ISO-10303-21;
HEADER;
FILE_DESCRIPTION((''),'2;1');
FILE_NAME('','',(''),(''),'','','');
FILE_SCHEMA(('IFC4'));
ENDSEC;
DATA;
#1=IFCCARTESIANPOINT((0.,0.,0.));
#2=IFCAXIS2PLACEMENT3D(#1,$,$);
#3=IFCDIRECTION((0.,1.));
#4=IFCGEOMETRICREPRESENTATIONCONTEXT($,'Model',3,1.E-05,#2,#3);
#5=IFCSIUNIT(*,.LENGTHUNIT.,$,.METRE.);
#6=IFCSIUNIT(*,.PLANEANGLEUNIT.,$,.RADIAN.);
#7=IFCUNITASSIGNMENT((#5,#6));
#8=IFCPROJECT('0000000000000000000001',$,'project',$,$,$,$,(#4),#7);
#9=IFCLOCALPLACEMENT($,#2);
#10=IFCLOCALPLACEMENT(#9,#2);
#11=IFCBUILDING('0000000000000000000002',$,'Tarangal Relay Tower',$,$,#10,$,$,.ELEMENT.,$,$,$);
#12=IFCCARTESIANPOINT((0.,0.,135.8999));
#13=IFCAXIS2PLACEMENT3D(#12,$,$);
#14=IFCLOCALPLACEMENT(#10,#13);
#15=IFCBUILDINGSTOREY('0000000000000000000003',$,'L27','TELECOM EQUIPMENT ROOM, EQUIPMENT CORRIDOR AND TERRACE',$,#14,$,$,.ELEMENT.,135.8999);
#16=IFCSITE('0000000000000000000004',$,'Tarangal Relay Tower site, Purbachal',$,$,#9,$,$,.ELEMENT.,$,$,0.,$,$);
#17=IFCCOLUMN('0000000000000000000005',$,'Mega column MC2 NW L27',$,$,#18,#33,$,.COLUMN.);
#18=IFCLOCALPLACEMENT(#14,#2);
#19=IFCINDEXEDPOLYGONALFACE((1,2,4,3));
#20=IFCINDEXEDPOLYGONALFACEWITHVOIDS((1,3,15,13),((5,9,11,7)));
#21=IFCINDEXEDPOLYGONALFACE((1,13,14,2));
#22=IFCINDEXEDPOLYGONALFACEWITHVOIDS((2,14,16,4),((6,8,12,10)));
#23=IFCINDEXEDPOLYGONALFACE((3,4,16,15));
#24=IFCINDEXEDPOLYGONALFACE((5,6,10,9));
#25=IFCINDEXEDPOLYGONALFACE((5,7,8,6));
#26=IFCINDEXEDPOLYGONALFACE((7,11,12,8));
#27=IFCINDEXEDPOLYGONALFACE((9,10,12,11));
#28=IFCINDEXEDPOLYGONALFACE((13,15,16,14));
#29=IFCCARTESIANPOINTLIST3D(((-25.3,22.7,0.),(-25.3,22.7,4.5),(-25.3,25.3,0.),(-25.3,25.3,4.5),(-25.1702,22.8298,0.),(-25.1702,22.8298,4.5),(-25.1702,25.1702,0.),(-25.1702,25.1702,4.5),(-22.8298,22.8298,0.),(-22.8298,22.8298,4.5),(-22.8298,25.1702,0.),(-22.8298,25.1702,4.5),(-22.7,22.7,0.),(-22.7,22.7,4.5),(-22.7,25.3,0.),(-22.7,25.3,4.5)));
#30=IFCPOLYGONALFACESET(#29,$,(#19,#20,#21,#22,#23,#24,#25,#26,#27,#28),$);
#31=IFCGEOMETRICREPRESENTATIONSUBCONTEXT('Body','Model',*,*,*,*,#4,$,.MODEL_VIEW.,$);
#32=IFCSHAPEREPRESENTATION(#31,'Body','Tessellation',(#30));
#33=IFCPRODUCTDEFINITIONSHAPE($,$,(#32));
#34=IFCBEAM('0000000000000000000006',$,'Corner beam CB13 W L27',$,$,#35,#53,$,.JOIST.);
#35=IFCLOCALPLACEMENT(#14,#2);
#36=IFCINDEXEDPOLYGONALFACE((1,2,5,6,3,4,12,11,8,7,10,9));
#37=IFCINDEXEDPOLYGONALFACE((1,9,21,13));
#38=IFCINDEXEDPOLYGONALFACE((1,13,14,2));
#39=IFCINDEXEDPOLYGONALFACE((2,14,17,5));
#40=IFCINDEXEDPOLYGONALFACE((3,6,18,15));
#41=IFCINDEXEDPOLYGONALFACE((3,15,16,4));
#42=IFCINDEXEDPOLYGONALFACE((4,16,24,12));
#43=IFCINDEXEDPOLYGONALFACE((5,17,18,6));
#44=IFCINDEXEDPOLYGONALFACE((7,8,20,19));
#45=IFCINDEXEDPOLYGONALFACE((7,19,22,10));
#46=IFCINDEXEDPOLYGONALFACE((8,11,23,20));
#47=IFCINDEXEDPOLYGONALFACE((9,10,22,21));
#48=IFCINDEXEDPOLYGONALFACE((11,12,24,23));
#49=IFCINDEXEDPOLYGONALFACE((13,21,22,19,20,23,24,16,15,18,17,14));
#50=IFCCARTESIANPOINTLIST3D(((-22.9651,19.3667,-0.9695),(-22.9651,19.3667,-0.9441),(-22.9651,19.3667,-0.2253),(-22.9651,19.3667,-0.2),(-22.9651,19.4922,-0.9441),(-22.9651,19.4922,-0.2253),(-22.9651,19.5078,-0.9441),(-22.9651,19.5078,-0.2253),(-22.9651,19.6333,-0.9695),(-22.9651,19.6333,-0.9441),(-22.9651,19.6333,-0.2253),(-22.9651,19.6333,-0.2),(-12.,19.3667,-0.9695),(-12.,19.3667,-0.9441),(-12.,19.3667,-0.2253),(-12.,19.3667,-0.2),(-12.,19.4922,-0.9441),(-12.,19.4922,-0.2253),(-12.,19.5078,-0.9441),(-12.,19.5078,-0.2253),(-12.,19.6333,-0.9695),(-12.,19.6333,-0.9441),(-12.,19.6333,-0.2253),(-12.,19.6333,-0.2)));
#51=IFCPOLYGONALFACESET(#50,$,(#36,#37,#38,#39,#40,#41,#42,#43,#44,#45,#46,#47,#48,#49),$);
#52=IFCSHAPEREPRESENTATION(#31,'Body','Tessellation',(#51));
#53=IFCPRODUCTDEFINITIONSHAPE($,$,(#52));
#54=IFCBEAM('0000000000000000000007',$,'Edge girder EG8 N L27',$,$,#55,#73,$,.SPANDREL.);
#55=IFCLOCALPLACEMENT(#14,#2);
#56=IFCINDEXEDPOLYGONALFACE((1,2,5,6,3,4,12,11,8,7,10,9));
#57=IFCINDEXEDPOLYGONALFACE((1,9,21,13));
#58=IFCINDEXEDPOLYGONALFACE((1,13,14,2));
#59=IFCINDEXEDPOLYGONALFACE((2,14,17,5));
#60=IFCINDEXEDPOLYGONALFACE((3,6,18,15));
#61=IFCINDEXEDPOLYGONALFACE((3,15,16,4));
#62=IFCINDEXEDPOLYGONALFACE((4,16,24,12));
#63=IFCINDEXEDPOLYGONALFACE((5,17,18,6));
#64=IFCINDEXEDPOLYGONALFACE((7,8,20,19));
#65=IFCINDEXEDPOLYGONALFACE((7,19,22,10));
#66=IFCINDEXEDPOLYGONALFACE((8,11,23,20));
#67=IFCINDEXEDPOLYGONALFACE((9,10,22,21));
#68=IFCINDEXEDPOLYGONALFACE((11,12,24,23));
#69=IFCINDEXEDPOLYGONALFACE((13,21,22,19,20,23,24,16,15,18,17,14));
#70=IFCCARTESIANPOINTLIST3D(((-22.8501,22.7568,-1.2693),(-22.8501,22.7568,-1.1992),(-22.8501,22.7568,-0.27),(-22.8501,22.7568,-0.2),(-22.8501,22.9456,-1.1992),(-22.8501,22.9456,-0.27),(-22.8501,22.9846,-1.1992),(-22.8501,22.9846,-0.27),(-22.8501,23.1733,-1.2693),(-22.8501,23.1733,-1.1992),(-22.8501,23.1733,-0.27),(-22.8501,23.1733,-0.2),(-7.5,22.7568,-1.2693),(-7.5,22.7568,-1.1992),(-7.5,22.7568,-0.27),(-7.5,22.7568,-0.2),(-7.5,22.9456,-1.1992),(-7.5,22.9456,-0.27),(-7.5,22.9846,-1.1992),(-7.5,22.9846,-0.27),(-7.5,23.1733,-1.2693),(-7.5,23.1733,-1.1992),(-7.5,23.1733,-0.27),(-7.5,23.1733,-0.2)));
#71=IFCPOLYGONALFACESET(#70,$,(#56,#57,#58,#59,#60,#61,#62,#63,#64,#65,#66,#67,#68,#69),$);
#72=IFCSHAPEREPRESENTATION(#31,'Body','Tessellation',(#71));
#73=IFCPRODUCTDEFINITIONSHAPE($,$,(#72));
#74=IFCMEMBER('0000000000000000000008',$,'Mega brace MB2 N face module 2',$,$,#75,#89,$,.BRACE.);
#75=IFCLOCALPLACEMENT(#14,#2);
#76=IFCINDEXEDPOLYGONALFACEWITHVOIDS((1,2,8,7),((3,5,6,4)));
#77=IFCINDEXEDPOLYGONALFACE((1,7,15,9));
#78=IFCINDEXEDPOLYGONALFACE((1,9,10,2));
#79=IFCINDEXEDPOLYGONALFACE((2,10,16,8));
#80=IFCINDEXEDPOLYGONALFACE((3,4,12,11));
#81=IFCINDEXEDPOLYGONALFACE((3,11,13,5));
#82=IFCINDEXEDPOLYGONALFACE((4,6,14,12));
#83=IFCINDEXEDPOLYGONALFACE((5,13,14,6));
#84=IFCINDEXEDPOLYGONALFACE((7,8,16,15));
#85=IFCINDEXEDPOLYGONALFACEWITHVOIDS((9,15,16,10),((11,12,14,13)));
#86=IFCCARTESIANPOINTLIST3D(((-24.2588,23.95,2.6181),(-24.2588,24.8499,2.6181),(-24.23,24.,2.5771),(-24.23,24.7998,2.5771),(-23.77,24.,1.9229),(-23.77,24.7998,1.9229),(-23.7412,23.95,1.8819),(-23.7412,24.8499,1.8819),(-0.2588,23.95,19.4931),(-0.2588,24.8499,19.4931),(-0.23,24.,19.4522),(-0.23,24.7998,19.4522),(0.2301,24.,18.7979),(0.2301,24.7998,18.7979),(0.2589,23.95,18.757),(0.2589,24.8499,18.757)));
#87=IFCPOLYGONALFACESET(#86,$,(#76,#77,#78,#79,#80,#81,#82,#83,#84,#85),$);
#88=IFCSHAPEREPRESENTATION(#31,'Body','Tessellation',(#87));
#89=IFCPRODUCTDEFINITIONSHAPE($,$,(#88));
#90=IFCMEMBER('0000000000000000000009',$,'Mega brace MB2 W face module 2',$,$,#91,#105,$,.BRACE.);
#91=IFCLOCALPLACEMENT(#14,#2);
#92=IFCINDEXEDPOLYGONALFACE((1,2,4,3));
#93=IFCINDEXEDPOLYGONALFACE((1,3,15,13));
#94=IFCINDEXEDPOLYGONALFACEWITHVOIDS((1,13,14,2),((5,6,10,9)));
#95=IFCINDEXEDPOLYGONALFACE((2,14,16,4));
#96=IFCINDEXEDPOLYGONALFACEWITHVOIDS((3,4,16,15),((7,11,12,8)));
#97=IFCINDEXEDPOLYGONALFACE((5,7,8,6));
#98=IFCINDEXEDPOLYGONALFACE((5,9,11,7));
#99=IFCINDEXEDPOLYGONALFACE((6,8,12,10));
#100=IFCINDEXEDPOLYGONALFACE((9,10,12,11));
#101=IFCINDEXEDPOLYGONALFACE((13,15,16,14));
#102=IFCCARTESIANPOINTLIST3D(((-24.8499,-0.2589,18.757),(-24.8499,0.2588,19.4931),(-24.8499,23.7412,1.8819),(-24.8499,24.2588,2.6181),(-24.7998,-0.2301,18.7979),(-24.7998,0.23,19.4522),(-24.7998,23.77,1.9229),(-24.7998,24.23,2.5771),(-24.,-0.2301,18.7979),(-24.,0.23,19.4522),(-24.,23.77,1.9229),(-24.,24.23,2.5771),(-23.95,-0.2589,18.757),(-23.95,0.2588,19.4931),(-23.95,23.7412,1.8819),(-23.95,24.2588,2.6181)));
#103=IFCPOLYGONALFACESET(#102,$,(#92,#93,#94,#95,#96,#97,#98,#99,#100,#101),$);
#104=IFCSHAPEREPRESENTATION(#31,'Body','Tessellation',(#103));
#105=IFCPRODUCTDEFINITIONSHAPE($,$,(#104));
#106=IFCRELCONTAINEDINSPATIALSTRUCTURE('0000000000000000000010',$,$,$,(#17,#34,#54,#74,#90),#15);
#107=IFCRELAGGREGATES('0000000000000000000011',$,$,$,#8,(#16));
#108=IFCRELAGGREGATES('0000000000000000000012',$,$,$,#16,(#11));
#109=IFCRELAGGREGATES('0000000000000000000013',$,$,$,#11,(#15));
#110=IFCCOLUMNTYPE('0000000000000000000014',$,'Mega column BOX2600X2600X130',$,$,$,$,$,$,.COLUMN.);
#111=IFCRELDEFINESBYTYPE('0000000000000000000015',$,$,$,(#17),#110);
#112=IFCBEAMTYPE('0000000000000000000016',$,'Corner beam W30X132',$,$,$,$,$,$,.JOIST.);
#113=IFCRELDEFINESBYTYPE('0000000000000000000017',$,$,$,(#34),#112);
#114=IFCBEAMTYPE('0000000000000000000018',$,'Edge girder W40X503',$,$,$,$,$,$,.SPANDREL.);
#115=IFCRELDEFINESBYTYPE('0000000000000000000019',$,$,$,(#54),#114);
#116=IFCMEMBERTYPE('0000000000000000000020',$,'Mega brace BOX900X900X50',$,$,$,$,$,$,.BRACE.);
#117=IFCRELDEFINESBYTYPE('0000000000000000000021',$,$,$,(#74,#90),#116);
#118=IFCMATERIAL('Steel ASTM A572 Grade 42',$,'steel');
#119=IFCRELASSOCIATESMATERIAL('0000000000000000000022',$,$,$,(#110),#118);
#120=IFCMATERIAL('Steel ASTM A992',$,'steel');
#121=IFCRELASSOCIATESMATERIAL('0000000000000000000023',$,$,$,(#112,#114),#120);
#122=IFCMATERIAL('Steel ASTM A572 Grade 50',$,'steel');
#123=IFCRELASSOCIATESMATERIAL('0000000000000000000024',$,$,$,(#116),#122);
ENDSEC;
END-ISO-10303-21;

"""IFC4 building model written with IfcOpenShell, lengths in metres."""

from ifc_helpers import new_model, si_unit, direction, frame, origin, origin_2d, place, context, subcontext, project, spatial, hollow_rectangle, i_section, extrude, material, material_profile, profile_set, type_object, element, save


model = new_model("IFC4")

# Units and contexts
model_context = context("Model", 3, precision=1e-05, world=origin(), true_north=direction((0.0, 1.0)))
body_context = subcontext(model_context, "Body", "Model", "MODEL_VIEW")
ifc_project = project(units=[si_unit("LENGTHUNIT", "METRE"), si_unit("PLANEANGLEUNIT", "RADIAN")], contexts=[model_context])

# Site, building, storey
site_placement = place(None, origin())
site = spatial("IfcSite", under=ifc_project, at=site_placement, Name="Tarangal Relay Tower site, Purbachal", CompositionType="ELEMENT", RefElevation=0.0)
building_placement = place(site_placement, origin())
building = spatial("IfcBuilding", under=site, at=building_placement, Name="Tarangal Relay Tower", CompositionType="ELEMENT")
storey_placement = place(building_placement, frame((0.0, 0.0, 135.8999)))
storey = spatial("IfcBuildingStorey", under=building, at=storey_placement, Name="L27", Description="TELECOM EQUIPMENT ROOM, EQUIPMENT CORRIDOR AND TERRACE", CompositionType="ELEMENT", Elevation=135.8999)

# Column
ifc_material_1 = material(Name="Steel ASTM A572 Grade 42", Category="steel")
ifc_material_profile_1 = material_profile(ifc_material_1, hollow_rectangle(XDim=2.6001, YDim=2.6001, WallThickness=0.1299, at=origin_2d()), Name="BOX2600X2600X130")
ifc_profile_set_1 = profile_set([ifc_material_profile_1], Name="Steel ASTM A572 Grade 42")
column_type = type_object("IfcColumnType", Name="Mega column BOX2600X2600X130", PredefinedType="COLUMN", material=ifc_profile_set_1)
column_placement = place(storey_placement, frame((-24.0, 24.0, 0.0), z_axis=(0.0, 0.0, 1.0), x_axis=(1.0, 0.0, 0.0)))
element("IfcColumn", 1, at=column_placement, inside=storey, type_object=column_type, Name="Mega column MC2 NW L27", PredefinedType="COLUMN", context=body_context, shape_type="SweptSolid", body=[
    extrude(hollow_rectangle(XDim=2.6001, YDim=2.6001, WallThickness=0.1299, at=origin_2d()), origin(), (0.0, 0.0, 1.0), 4.5),
])

# Beams
ifc_material_2 = material(Name="Steel ASTM A992", Category="steel")
ifc_material_profile_2 = material_profile(ifc_material_2, i_section(OverallWidth=0.2666, OverallDepth=0.7695, WebThickness=0.0156, FlangeThickness=0.0254, at=origin_2d()), Name="W30X132")
ifc_profile_set_2 = profile_set([ifc_material_profile_2], Name="Steel ASTM A992")
beam_type_1 = type_object("IfcBeamType", Name="Corner beam W30X132", PredefinedType="JOIST", material=ifc_profile_set_2)
beam_1_placement = place(storey_placement, frame((-12.0, 19.5, -0.5847), z_axis=(-1.0, 0.0, 0.0), x_axis=(0.0, -1.0, 0.0)))
element("IfcBeam", 2, at=beam_1_placement, inside=storey, type_object=beam_type_1, Name="Corner beam CB13 W L27", PredefinedType="JOIST", context=body_context, shape_type="SweptSolid", body=[
    extrude(i_section(OverallWidth=0.2666, OverallDepth=0.7695, WebThickness=0.0156, FlangeThickness=0.0254, at=origin_2d()), origin(), (0.0, 0.0, 1.0), 10.9651),
])
ifc_material_profile_3 = material_profile(ifc_material_2, i_section(OverallWidth=0.4165, OverallDepth=1.0693, WebThickness=0.0391, FlangeThickness=0.0701, at=origin_2d()), Name="W40X503")
ifc_profile_set_3 = profile_set([ifc_material_profile_3], Name="Steel ASTM A992")
beam_type_2 = type_object("IfcBeamType", Name="Edge girder W40X503", PredefinedType="SPANDREL", material=ifc_profile_set_3)
beam_2_placement = place(storey_placement, frame((-22.8501, 22.9651, -0.7346), z_axis=(1.0, 0.0, 0.0), x_axis=(0.0, 1.0, 0.0)))
element("IfcBeam", 3, at=beam_2_placement, inside=storey, type_object=beam_type_2, Name="Edge girder EG8 N L27", PredefinedType="SPANDREL", context=body_context, shape_type="SweptSolid", body=[
    extrude(i_section(OverallWidth=0.4165, OverallDepth=1.0693, WebThickness=0.0391, FlangeThickness=0.0701, at=origin_2d()), origin(), (0.0, 0.0, 1.0), 15.3501),
])

# Members
ifc_material_3 = material(Name="Steel ASTM A572 Grade 50", Category="steel")
ifc_material_profile_4 = material_profile(ifc_material_3, hollow_rectangle(XDim=0.8999, YDim=0.8999, WallThickness=0.05, at=origin_2d()), Name="BOX900X900X50")
ifc_profile_set_4 = profile_set([ifc_material_profile_4], Name="Steel ASTM A572 Grade 50")
member_type = type_object("IfcMemberType", Name="Mega brace BOX900X900X50", PredefinedType="BRACE", material=ifc_profile_set_4)
for number, where, z_axis, x_axis, name in (
    (4, (-24.0, 24.3999, 2.25), (0.818029, 0.0, 0.575177), (0.0, 1.0, 0.0), "Mega brace MB2 N face module 2"),
    (5, (-24.3999, 24.0, 2.25), (0.0, -0.818029, 0.575177), (1.0, 0.0, 0.0), "Mega brace MB2 W face module 2"),
):
    element("IfcMember", number, at=place(storey_placement, frame(where, z_axis=z_axis, x_axis=x_axis)), inside=storey, type_object=member_type, Name=name, PredefinedType="BRACE", context=body_context, shape_type="SweptSolid", body=[
        extrude(hollow_rectangle(XDim=0.8999, YDim=0.8999, WallThickness=0.05, at=origin_2d()), origin(), (0.0, 0.0, 1.0), 29.3389),
    ])

save(model, "model.ifc")
